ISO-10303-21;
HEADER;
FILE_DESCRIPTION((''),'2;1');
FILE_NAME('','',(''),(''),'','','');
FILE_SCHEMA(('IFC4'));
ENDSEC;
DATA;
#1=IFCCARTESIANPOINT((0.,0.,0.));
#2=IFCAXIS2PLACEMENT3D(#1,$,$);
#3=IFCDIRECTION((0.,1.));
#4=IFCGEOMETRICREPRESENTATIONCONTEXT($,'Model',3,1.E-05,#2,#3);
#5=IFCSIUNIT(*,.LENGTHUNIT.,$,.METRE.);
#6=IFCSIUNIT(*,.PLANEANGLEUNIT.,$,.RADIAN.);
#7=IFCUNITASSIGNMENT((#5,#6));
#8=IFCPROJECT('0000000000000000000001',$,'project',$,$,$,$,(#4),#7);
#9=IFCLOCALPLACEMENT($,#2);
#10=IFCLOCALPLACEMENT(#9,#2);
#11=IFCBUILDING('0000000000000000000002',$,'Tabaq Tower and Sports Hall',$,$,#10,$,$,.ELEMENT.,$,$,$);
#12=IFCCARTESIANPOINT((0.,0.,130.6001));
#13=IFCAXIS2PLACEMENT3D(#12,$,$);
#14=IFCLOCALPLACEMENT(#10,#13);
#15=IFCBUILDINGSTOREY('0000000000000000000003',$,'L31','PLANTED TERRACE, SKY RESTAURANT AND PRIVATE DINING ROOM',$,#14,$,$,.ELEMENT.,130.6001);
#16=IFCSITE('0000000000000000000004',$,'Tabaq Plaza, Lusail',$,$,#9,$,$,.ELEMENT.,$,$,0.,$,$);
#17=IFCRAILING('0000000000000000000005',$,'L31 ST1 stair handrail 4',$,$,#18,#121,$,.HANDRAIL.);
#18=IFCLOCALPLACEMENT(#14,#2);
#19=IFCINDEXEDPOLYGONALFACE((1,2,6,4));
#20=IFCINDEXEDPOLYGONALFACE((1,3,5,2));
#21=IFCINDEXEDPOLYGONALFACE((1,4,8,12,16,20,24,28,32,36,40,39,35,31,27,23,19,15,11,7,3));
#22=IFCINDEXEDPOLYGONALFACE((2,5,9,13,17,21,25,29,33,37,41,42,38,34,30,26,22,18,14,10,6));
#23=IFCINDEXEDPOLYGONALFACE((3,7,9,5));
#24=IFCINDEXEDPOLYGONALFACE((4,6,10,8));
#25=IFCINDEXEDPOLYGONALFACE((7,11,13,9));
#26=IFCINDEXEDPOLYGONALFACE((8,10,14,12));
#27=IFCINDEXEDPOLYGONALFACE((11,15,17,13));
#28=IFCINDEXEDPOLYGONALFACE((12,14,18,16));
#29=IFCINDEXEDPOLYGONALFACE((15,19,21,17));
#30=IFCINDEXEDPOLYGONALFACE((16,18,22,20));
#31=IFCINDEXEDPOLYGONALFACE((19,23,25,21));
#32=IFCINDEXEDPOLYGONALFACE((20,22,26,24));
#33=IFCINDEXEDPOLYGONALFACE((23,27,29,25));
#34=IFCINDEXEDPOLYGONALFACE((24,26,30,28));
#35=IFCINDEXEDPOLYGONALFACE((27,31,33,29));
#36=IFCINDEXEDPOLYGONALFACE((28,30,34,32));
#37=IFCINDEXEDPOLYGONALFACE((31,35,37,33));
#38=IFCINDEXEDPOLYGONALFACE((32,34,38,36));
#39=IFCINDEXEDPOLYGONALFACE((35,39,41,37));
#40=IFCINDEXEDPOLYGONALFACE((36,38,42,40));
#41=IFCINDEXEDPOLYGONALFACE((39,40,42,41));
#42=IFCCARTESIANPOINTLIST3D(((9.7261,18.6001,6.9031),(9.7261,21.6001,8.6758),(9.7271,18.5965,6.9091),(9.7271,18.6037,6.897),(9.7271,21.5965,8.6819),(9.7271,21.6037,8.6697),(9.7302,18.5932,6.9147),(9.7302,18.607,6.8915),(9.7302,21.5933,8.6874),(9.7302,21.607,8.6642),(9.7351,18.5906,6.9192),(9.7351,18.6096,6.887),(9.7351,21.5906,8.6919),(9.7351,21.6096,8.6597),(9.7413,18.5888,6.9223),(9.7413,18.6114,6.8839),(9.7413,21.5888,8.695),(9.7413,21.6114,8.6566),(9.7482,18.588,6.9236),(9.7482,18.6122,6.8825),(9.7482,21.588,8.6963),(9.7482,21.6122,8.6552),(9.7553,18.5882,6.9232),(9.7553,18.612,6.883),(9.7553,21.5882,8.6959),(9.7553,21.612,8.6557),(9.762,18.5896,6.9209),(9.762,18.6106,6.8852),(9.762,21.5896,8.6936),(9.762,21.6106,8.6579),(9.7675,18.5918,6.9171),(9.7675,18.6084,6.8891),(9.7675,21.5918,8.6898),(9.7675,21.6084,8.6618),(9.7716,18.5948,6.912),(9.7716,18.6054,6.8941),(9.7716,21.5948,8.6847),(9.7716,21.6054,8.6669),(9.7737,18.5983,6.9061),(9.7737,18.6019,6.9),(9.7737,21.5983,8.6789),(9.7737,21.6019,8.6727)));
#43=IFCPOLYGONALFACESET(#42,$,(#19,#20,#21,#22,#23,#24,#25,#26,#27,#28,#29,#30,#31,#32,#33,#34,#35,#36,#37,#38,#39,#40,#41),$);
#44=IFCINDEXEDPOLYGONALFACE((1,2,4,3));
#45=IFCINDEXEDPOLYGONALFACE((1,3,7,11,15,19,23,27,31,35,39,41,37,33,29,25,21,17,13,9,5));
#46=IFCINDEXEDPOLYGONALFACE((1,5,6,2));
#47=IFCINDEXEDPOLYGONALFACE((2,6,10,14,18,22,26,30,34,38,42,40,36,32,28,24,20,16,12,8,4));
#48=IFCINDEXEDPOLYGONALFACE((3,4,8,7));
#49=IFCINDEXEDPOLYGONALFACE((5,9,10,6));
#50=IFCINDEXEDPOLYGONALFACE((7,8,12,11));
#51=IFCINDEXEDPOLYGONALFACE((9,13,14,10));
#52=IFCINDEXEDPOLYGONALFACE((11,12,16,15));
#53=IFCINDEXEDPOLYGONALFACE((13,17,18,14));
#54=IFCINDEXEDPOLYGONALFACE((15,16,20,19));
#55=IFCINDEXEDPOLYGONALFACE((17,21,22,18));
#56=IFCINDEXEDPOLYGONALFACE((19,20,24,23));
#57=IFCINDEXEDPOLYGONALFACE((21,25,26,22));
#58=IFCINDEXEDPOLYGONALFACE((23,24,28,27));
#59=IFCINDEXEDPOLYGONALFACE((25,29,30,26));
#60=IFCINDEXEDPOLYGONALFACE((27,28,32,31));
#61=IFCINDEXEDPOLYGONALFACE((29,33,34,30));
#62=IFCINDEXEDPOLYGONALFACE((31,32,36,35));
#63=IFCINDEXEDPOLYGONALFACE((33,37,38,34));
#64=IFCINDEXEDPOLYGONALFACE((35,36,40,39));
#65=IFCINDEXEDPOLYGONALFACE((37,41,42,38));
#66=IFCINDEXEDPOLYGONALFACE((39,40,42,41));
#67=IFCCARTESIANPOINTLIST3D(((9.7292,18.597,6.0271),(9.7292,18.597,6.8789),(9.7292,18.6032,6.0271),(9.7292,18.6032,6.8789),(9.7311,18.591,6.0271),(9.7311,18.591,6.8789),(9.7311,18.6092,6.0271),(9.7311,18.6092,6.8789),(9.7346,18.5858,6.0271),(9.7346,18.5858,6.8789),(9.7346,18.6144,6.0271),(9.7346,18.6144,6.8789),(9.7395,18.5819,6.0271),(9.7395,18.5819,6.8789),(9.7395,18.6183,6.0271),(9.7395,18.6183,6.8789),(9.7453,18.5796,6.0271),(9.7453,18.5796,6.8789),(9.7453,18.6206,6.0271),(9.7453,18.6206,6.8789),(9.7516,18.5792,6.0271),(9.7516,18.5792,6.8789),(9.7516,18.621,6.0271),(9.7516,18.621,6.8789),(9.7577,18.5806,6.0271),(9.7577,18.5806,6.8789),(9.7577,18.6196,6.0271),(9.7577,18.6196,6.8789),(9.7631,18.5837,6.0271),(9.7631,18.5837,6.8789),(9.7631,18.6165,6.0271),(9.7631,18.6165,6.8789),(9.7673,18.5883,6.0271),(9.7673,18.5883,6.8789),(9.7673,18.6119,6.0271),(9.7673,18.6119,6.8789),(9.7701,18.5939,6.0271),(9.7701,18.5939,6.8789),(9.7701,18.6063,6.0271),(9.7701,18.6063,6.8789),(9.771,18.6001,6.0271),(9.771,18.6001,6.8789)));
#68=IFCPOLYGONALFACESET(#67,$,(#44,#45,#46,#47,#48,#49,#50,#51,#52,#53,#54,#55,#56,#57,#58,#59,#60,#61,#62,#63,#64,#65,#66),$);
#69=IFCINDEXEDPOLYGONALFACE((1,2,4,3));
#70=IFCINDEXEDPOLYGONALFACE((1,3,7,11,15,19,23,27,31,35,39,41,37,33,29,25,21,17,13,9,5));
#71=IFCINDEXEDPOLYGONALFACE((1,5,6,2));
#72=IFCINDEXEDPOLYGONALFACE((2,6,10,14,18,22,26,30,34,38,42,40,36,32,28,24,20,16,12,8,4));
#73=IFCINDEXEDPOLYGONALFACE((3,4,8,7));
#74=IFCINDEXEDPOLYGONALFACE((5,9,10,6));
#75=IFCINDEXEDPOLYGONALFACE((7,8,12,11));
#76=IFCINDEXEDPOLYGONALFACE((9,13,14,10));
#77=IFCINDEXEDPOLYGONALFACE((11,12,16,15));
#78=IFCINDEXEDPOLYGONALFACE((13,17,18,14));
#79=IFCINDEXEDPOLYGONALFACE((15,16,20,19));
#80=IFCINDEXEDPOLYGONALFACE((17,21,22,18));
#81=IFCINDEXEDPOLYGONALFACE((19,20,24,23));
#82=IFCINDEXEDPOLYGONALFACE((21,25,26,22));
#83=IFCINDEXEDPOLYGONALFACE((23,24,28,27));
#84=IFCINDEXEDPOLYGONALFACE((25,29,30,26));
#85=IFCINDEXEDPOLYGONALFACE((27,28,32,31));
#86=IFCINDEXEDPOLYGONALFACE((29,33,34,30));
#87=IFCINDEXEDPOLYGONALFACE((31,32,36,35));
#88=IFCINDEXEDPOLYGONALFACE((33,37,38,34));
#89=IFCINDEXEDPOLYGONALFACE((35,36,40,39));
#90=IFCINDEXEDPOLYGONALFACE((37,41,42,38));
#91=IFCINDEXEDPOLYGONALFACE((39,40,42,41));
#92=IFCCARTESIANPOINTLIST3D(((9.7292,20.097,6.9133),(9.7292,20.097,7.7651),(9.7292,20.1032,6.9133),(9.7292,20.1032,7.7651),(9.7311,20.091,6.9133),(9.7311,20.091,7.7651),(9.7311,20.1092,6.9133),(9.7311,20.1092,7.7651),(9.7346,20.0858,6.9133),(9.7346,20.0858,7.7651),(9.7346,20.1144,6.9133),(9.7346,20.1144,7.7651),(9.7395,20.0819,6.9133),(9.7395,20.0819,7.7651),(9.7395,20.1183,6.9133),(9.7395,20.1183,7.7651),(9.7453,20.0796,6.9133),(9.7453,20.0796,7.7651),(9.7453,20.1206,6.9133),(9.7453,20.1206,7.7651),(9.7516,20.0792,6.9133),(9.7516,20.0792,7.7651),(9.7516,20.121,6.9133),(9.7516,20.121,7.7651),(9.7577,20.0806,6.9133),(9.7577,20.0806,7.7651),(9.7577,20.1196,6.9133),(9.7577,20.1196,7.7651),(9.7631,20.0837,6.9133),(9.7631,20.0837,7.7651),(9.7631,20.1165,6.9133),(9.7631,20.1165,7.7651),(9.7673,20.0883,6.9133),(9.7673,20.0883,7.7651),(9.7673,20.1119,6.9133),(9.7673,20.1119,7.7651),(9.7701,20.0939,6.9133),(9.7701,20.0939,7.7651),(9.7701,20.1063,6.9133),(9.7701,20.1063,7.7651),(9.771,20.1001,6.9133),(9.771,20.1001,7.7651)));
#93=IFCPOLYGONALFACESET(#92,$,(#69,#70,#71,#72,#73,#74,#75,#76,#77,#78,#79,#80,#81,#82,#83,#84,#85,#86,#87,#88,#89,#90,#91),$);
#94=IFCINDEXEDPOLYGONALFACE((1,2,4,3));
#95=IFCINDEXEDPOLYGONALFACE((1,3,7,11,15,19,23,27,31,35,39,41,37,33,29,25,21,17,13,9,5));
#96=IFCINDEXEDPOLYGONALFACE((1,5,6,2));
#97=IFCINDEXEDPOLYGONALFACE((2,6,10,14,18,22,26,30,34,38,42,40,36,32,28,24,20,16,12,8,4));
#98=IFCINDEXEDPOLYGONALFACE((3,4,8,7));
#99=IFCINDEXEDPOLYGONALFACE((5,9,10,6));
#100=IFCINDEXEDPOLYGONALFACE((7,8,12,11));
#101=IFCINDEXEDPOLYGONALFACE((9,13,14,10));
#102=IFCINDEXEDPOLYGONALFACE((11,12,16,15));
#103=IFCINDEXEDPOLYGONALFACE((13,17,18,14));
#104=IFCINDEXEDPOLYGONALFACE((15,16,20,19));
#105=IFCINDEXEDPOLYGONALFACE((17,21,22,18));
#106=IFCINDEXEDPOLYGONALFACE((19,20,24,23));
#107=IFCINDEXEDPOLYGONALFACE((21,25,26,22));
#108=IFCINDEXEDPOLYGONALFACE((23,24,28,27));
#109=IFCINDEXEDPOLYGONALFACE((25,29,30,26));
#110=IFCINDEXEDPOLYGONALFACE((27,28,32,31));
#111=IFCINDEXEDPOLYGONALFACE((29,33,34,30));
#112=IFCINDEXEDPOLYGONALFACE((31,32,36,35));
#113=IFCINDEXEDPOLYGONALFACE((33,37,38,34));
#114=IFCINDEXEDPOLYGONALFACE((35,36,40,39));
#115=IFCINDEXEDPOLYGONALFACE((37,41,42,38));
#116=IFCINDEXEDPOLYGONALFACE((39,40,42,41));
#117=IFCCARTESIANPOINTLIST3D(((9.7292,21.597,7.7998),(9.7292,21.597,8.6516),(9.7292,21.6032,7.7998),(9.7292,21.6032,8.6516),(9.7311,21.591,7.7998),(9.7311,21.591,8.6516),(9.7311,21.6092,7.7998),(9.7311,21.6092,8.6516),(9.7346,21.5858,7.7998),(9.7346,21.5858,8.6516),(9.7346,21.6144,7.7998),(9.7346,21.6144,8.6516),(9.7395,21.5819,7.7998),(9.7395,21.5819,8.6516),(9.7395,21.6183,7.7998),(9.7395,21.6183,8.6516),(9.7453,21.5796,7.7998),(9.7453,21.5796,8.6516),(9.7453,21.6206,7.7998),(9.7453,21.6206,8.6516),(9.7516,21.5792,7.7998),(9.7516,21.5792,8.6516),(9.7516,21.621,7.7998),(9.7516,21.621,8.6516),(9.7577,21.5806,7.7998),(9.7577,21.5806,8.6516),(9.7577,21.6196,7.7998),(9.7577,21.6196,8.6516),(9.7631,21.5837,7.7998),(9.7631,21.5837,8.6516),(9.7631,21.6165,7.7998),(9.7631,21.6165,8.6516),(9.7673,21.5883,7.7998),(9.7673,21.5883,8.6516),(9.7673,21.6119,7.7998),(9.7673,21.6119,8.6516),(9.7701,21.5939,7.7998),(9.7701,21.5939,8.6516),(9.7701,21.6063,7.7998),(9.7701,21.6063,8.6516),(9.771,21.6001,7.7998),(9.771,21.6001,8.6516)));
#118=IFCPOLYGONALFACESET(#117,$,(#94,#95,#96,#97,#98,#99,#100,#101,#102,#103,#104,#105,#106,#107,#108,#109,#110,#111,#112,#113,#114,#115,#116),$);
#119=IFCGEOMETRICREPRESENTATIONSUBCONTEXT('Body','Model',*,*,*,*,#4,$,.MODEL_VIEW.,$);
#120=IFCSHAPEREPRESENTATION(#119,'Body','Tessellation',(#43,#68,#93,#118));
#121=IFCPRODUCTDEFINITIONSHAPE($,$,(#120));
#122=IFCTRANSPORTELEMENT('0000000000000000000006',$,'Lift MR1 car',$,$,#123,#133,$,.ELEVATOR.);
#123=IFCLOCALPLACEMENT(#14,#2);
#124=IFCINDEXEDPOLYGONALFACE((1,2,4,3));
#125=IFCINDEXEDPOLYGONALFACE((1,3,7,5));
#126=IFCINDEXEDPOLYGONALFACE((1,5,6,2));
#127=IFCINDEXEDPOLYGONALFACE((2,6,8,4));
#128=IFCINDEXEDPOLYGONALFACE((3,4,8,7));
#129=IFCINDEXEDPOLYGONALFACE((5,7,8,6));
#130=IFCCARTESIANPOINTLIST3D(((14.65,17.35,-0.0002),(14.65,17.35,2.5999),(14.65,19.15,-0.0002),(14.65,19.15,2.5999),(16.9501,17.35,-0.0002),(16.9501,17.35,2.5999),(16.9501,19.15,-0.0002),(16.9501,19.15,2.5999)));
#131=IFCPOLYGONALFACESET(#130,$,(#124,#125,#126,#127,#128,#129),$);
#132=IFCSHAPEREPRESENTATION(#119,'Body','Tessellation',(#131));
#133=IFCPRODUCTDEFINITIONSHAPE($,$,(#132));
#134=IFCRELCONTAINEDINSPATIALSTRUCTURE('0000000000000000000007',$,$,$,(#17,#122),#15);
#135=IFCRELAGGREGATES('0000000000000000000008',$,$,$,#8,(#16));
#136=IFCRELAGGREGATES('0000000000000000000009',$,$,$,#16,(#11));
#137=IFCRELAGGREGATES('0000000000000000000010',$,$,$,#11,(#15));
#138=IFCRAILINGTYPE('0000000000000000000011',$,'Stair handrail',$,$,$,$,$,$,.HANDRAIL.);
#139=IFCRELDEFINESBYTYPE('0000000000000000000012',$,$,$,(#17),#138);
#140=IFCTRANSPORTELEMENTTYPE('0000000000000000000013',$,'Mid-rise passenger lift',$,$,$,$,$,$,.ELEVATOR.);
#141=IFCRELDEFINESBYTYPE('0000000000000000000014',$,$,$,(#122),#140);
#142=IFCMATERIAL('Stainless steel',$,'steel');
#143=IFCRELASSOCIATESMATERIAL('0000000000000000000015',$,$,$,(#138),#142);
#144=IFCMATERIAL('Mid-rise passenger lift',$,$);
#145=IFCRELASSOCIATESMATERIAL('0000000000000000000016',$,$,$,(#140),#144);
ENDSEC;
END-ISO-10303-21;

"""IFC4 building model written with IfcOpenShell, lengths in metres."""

from ifc_helpers import new_model, si_unit, direction, frame, origin, origin_2d, place, context, subcontext, project, spatial, rectangle, circle, extrude, material, type_object, element, save


model = new_model("IFC4")

# Units and contexts
model_context = context("Model", 3, precision=1e-05, world=origin(), true_north=direction((0.0, 1.0)))
body_context = subcontext(model_context, "Body", "Model", "MODEL_VIEW")
ifc_project = project(units=[si_unit("LENGTHUNIT", "METRE"), si_unit("PLANEANGLEUNIT", "RADIAN")], contexts=[model_context])

# Site, building, storey
site_placement = place(None, origin())
site = spatial("IfcSite", under=ifc_project, at=site_placement, Name="Tabaq Plaza, Lusail", CompositionType="ELEMENT", RefElevation=0.0)
building_placement = place(site_placement, origin())
building = spatial("IfcBuilding", under=site, at=building_placement, Name="Tabaq Tower and Sports Hall", CompositionType="ELEMENT")
storey_placement = place(building_placement, frame((0.0, 0.0, 130.6001)))
storey = spatial("IfcBuildingStorey", under=building, at=storey_placement, Name="L31", Description="PLANTED TERRACE, SKY RESTAURANT AND PRIVATE DINING ROOM", CompositionType="ELEMENT", Elevation=130.6001)

# Railing
ifc_material_1 = material(Name="Stainless steel", Category="steel")
railing_type_1 = type_object("IfcRailingType", Name="Stair handrail", PredefinedType="HANDRAIL", material=ifc_material_1)
railing_1_placement = place(storey_placement, frame((9.75, 18.6001, 6.0271)))
element("IfcRailing", 1, at=railing_1_placement, inside=storey, type_object=railing_type_1, Name="L31 ST1 stair handrail 4", PredefinedType="HANDRAIL", context=body_context, shape_type="SweptSolid", body=[
    extrude(circle(Radius=0.0239, at=origin_2d()), frame((0.0, 0.0, 0.876), z_axis=(0.0, 0.860929, 0.508725), x_axis=(-1.0, 0.0, 0.0)), (0.0, 0.0, 1.0), 3.4846),
    extrude(circle(Radius=0.021, at=origin_2d()), origin(), (0.0, 0.0, 1.0), 0.8518),
    extrude(circle(Radius=0.021, at=origin_2d()), frame((0.0, 1.5, 0.8862)), (0.0, 0.0, 1.0), 0.8518),
    extrude(circle(Radius=0.021, at=origin_2d()), frame((0.0, 3.0, 1.7727)), (0.0, 0.0, 1.0), 0.8518),
])

# Transport element
ifc_material_2 = material(Name="Mid-rise passenger lift")
transport_element_type = type_object("IfcTransportElementType", Name="Mid-rise passenger lift", PredefinedType="ELEVATOR", material=ifc_material_2)
transport_element_placement = place(storey_placement, frame((15.8, 18.25, -0.0002), z_axis=(0.0, 0.0, 1.0), x_axis=(1.0, 0.0, 0.0)))
element("IfcTransportElement", 2, at=transport_element_placement, inside=storey, type_object=transport_element_type, Name="Lift MR1 car", PredefinedType="ELEVATOR", context=body_context, shape_type="SweptSolid", body=[
    extrude(rectangle(XDim=2.3, YDim=1.8, at=origin_2d()), origin(), (0.0, 0.0, 1.0), 2.6001),
])

save(model, "model.ifc")
